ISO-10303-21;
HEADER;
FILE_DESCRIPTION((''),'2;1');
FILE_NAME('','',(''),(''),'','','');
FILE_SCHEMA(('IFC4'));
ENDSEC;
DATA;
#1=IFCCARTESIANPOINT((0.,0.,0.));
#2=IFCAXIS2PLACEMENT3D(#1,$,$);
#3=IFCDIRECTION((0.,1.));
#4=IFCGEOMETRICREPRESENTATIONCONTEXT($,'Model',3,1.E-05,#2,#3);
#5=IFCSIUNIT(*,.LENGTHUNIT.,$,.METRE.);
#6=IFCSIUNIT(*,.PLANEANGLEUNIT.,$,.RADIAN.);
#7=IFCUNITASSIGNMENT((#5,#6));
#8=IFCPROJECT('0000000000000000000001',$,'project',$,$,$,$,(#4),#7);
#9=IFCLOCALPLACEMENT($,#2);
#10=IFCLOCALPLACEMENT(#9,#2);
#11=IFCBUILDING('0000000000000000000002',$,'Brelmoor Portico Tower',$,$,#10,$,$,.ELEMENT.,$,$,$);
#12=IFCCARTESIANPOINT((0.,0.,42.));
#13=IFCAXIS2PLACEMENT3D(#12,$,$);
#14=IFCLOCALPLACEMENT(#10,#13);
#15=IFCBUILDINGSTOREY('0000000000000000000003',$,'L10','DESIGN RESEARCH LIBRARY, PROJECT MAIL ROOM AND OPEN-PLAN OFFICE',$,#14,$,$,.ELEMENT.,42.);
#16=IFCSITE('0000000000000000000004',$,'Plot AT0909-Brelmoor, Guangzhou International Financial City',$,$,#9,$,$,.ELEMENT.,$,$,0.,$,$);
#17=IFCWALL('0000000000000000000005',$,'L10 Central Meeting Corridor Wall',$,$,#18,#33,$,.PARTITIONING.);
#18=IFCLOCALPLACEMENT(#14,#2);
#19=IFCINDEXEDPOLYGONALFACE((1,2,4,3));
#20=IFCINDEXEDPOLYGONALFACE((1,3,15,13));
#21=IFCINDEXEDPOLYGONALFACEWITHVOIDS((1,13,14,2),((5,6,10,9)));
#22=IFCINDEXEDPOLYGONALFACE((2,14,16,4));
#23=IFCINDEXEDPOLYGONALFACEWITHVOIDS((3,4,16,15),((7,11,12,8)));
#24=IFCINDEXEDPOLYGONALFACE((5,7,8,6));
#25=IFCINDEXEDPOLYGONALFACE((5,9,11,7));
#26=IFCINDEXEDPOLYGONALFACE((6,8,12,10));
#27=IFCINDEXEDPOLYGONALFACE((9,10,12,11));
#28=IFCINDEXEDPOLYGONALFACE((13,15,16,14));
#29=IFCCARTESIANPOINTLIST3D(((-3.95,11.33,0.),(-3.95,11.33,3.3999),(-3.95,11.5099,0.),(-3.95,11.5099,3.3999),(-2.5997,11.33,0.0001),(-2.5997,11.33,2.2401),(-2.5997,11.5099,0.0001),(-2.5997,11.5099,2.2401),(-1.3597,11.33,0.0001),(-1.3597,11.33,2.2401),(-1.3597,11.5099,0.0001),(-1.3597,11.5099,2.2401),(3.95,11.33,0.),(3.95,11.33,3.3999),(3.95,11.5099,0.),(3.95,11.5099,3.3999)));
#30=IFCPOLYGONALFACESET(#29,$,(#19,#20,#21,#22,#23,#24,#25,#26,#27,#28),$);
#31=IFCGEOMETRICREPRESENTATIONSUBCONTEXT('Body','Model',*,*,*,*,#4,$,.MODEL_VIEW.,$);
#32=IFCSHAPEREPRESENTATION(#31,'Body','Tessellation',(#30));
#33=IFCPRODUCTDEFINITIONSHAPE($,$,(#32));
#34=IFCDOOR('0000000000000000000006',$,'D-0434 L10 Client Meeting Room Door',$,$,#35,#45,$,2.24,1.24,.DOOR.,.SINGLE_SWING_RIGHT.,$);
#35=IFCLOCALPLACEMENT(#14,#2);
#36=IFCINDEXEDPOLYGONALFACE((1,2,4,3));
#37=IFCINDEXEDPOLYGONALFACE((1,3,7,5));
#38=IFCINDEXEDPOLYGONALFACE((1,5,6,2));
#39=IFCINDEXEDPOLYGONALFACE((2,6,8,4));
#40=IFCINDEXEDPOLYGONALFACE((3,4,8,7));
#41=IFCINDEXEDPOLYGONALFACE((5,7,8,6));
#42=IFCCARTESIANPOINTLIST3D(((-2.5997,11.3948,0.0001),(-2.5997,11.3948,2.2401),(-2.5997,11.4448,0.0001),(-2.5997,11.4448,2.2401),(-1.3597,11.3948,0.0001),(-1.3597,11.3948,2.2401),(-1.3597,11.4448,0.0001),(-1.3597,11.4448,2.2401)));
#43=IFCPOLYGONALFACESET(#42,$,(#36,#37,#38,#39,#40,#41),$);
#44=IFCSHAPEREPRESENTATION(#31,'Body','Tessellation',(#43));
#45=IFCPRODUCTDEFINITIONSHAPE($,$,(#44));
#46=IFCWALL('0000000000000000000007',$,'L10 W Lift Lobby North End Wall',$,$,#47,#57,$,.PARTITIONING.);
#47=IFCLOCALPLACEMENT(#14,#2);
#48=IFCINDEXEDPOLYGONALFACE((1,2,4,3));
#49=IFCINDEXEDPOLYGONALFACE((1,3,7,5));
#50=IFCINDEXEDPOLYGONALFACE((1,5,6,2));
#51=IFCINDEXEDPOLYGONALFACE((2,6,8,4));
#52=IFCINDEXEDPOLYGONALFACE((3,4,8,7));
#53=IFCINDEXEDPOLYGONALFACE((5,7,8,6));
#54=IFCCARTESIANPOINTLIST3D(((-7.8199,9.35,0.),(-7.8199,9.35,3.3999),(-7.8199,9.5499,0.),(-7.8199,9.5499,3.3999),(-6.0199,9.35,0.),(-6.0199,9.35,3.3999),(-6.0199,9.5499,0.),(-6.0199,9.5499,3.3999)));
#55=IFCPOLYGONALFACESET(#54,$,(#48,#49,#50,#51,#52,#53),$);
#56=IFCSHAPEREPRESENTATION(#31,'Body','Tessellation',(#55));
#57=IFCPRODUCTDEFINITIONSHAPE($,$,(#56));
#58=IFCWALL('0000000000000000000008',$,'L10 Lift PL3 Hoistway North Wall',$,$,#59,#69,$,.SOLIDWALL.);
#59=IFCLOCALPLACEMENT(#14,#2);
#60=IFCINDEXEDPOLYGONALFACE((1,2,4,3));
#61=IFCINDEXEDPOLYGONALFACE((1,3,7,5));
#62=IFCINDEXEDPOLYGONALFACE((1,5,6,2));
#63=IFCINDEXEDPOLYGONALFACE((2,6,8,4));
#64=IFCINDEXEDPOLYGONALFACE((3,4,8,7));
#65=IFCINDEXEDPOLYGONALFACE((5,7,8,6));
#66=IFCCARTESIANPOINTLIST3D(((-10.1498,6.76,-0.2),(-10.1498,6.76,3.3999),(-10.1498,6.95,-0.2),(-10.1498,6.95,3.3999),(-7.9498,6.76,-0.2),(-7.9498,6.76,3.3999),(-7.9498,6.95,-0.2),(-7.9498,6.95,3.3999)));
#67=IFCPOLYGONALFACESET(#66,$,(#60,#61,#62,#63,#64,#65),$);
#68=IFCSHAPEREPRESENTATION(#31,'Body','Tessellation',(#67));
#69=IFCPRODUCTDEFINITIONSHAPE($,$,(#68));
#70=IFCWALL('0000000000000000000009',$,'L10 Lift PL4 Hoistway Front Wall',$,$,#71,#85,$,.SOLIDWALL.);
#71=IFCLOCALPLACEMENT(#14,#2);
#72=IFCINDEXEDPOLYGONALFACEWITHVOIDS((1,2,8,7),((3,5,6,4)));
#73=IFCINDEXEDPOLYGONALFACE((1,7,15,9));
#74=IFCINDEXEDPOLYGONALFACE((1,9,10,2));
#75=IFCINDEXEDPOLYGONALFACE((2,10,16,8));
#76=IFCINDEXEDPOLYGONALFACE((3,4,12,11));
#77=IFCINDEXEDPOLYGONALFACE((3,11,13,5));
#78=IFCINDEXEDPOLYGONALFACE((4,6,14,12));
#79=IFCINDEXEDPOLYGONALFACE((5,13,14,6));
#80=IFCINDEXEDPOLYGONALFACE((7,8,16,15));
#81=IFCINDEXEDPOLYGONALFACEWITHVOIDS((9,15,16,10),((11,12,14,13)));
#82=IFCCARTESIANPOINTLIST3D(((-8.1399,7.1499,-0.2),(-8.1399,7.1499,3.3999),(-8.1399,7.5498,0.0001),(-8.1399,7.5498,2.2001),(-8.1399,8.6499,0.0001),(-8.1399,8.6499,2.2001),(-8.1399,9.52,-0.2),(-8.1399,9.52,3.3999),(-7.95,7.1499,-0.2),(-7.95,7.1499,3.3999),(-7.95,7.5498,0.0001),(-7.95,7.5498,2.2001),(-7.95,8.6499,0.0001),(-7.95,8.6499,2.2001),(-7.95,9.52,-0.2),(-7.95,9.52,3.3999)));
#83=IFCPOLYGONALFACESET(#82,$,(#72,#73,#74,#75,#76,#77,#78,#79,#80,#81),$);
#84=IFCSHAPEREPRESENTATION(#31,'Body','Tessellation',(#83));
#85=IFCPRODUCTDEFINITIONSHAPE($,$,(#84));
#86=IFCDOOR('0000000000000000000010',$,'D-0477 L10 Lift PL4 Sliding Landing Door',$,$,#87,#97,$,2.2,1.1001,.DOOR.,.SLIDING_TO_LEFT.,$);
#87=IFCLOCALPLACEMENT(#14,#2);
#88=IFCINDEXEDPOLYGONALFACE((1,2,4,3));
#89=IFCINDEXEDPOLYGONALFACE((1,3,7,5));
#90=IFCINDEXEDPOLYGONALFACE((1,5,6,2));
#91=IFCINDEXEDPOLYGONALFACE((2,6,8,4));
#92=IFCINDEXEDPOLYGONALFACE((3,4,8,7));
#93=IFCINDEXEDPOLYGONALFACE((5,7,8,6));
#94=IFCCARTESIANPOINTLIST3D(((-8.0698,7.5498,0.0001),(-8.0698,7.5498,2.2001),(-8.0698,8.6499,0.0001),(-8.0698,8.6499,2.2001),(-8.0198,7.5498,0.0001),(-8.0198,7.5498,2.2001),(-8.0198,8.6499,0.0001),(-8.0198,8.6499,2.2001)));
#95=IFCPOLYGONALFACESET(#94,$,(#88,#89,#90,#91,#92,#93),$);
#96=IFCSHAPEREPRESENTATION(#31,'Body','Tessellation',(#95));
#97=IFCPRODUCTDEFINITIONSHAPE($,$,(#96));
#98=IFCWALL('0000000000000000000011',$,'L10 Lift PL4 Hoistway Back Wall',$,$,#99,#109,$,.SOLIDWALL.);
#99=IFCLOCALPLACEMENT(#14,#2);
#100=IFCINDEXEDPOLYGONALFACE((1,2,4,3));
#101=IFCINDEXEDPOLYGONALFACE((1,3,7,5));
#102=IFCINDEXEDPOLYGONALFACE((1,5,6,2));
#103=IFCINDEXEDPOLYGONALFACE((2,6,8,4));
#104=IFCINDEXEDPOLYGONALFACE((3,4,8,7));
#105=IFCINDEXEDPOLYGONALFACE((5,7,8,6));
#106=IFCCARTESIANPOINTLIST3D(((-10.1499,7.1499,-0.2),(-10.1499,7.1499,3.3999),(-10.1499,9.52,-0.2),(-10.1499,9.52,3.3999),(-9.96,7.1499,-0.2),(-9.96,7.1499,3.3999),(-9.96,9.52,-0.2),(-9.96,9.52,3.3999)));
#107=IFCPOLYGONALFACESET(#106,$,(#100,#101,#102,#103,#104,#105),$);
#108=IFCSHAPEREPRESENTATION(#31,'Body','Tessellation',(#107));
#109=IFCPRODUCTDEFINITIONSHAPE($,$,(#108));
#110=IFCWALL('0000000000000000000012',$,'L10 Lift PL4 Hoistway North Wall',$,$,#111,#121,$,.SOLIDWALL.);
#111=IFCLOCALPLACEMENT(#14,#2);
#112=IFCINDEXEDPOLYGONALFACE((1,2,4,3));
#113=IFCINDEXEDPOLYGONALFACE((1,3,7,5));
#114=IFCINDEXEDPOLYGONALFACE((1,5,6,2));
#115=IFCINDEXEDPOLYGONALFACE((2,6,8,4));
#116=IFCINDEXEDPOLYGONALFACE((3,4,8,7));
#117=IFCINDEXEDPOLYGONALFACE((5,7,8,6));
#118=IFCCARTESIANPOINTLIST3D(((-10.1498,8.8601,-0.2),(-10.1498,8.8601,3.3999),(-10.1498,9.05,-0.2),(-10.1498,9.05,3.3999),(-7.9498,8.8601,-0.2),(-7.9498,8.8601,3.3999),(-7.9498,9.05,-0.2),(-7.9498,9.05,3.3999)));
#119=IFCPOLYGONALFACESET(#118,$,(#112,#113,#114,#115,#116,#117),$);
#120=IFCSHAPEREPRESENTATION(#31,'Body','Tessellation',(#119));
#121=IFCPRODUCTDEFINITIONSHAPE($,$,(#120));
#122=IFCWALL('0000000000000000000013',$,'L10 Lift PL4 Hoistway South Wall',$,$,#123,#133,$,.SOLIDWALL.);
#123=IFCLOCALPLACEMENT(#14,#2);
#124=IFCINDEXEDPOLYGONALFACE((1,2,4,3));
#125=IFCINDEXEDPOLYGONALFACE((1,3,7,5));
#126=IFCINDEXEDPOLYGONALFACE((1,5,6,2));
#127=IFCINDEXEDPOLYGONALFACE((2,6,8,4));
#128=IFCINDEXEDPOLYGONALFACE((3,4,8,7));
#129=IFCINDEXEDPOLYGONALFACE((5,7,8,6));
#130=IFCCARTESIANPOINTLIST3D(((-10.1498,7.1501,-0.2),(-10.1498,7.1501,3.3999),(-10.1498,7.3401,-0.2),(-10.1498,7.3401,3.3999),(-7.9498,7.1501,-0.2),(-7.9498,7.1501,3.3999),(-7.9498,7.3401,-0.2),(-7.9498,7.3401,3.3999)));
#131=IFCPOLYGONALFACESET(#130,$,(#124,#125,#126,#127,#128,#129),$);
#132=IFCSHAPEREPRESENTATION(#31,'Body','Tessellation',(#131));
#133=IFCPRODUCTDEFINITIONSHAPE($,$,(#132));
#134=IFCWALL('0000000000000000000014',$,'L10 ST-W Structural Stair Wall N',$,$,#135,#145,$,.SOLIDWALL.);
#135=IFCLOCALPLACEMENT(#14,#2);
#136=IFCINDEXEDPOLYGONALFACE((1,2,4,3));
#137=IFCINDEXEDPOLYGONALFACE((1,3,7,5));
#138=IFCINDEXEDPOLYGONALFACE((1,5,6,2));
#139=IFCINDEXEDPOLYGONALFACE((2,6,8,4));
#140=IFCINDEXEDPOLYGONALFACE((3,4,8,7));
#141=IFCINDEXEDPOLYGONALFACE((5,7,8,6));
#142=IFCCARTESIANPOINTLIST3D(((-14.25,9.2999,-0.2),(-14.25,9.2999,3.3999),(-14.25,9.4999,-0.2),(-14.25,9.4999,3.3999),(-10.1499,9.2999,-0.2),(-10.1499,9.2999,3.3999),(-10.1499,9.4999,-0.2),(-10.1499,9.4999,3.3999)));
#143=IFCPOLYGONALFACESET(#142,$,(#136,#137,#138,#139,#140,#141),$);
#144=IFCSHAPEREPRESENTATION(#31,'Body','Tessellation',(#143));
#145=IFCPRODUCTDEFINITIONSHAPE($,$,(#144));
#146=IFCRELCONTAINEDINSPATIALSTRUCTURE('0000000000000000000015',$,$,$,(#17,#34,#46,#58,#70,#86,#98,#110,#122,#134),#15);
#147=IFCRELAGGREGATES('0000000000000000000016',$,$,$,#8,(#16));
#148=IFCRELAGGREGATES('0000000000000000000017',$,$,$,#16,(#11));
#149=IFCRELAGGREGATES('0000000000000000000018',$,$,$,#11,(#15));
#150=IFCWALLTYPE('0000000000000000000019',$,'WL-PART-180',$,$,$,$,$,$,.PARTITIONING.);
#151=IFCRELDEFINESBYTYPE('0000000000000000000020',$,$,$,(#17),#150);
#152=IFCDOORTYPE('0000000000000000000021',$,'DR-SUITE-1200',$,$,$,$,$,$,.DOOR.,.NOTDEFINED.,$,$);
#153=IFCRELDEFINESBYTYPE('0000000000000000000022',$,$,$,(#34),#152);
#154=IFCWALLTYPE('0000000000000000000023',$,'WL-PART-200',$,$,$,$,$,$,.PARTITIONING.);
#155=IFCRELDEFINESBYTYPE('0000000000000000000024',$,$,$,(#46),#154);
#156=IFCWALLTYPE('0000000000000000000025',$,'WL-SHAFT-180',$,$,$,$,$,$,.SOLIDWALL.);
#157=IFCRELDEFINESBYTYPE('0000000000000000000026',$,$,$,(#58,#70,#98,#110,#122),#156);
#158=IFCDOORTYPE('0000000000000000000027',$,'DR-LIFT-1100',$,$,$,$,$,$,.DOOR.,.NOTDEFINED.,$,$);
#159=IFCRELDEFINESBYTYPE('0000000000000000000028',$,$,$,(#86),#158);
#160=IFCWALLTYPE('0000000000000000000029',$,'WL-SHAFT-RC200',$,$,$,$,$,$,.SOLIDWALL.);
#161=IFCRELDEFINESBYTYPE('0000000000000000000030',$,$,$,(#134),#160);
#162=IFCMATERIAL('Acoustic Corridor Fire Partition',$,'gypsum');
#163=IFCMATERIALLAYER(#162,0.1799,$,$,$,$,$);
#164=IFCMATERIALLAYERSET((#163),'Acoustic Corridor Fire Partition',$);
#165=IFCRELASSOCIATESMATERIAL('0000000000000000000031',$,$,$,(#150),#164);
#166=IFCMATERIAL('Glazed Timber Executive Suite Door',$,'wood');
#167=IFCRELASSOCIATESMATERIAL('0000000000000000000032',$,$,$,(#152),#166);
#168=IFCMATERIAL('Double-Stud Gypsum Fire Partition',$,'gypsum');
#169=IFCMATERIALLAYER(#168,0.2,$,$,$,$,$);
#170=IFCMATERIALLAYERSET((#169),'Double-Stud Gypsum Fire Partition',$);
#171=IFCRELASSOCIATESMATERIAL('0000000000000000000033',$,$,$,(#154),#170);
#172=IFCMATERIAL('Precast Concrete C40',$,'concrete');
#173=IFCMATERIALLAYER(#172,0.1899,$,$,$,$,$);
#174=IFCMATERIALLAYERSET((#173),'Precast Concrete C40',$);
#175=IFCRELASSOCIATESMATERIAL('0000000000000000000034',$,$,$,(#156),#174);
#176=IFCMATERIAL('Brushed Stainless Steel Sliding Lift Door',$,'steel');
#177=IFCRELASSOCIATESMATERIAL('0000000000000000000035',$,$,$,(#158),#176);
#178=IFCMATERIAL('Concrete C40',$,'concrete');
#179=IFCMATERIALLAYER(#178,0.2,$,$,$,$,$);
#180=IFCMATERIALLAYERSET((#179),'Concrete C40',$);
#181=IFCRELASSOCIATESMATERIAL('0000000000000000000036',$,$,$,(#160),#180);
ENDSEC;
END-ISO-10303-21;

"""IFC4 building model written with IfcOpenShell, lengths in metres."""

from ifc_helpers import new_model, si_unit, direction, frame, frame_2d, origin, place, context, subcontext, project, spatial, rectangle, extrude, material, layer, layer_set, type_object, element, fill, save


model = new_model("IFC4")

# Units and contexts
model_context = context("Model", 3, precision=1e-05, world=origin(), true_north=direction((0.0, 1.0)))
body_context = subcontext(model_context, "Body", "Model", "MODEL_VIEW")
ifc_project = project(units=[si_unit("LENGTHUNIT", "METRE"), si_unit("PLANEANGLEUNIT", "RADIAN")], contexts=[model_context])

# Site, building, storey
site_placement = place(None, origin())
site = spatial("IfcSite", under=ifc_project, at=site_placement, Name="Plot AT0909-Brelmoor, Guangzhou International Financial City", CompositionType="ELEMENT", RefElevation=0.0)
building_placement = place(site_placement, origin())
building = spatial("IfcBuilding", under=site, at=building_placement, Name="Brelmoor Portico Tower", CompositionType="ELEMENT")
storey_placement = place(building_placement, frame((0.0, 0.0, 42.0)))
storey = spatial("IfcBuildingStorey", under=building, at=storey_placement, Name="L10", Description="DESIGN RESEARCH LIBRARY, PROJECT MAIL ROOM AND OPEN-PLAN OFFICE", CompositionType="ELEMENT", Elevation=42.0)

# Wall, opening, door
ifc_material_1 = material(Name="Acoustic Corridor Fire Partition", Category="gypsum")
ifc_layer_1 = layer(ifc_material_1, 0.1799)
ifc_layer_set_1 = layer_set([ifc_layer_1], Name="Acoustic Corridor Fire Partition")
wall_type_1 = type_object("IfcWallType", Name="WL-PART-180", PredefinedType="PARTITIONING", material=ifc_layer_set_1)
wall_1_placement = place(storey_placement, frame((-3.95, 11.4199, 0.0), z_axis=(0.0, 0.0, 1.0), x_axis=(1.0, 0.0, 0.0)))
wall_1 = element("IfcWall", 1, at=wall_1_placement, inside=storey, type_object=wall_type_1, Name="L10 Central Meeting Corridor Wall", PredefinedType="PARTITIONING", context=body_context, shape_type="SweptSolid", body=[
    extrude(rectangle(XDim=7.8999, YDim=0.1799, at=frame_2d((3.95, 0.0))), origin(), (0.0, 0.0, 1.0), 3.3999),
])
opening_1_placement = place(wall_1_placement, frame((1.3501, 0.0, 0.0)))
opening_1 = element("IfcOpeningElement", 2, at=opening_1_placement, cuts=wall_1, PredefinedType="OPENING", context=body_context, shape_type="SweptSolid", body=[
    extrude(rectangle(XDim=1.24, YDim=2.24, at=frame_2d((0.6201, 1.1201))), frame((0.0, 0.0999, 0.0), z_axis=(0.0, -1.0, 0.0), x_axis=(1.0, 0.0, 0.0)), (0.0, 0.0, 1.0), 0.2),
])
ifc_material_2 = material(Name="Glazed Timber Executive Suite Door", Category="wood")
door_type_1 = type_object("IfcDoorType", Name="DR-SUITE-1200", OperationType="NOTDEFINED", PredefinedType="DOOR", material=ifc_material_2)
door_1_placement = place(opening_1_placement, origin())
door_1 = element("IfcDoor", 3, at=door_1_placement, inside=storey, type_object=door_type_1, Name="D-0434 L10 Client Meeting Room Door", OperationType="SINGLE_SWING_RIGHT", OverallHeight=2.24, OverallWidth=1.24, PredefinedType="DOOR", context=body_context, shape_type="SweptSolid", body=[
    extrude(rectangle(XDim=1.24, YDim=2.24, at=frame_2d((0.6201, 1.1201))), frame((0.0, 0.0249, 0.0), z_axis=(0.0, -1.0, 0.0), x_axis=(1.0, 0.0, 0.0)), (0.0, 0.0, 1.0), 0.05),
])
fill(opening_1, door_1)

# Walls
ifc_material_3 = material(Name="Double-Stud Gypsum Fire Partition", Category="gypsum")
ifc_layer_2 = layer(ifc_material_3, 0.2)
ifc_layer_set_2 = layer_set([ifc_layer_2], Name="Double-Stud Gypsum Fire Partition")
wall_type_2 = type_object("IfcWallType", Name="WL-PART-200", PredefinedType="PARTITIONING", material=ifc_layer_set_2)
wall_2_placement = place(storey_placement, frame((-6.02, 9.45, 0.0), z_axis=(0.0, 0.0, 1.0), x_axis=(-1.0, 0.0, 0.0)))
element("IfcWall", 4, at=wall_2_placement, inside=storey, type_object=wall_type_2, Name="L10 W Lift Lobby North End Wall", PredefinedType="PARTITIONING", context=body_context, shape_type="SweptSolid", body=[
    extrude(rectangle(XDim=1.8, YDim=0.2, at=frame_2d((0.8999, 0.0))), origin(), (0.0, 0.0, 1.0), 3.3999),
])
ifc_material_4 = material(Name="Precast Concrete C40", Category="concrete")
ifc_layer_3 = layer(ifc_material_4, 0.1899)
ifc_layer_set_3 = layer_set([ifc_layer_3], Name="Precast Concrete C40")
wall_type_3 = type_object("IfcWallType", Name="WL-SHAFT-180", PredefinedType="SOLIDWALL", material=ifc_layer_set_3)
wall_3_placement = place(storey_placement, frame((-10.1499, 6.855, -0.2), z_axis=(0.0, 0.0, 1.0), x_axis=(1.0, 0.0, 0.0)))
element("IfcWall", 5, at=wall_3_placement, inside=storey, type_object=wall_type_3, Name="L10 Lift PL3 Hoistway North Wall", PredefinedType="SOLIDWALL", context=body_context, shape_type="SweptSolid", body=[
    extrude(rectangle(XDim=2.2, YDim=0.1899, at=frame_2d((1.1001, 0.0))), origin(), (0.0, 0.0, 1.0), 3.5999),
])

# Wall, opening, door
wall_4_placement = place(storey_placement, frame((-8.0449, 7.1499, -0.2), z_axis=(0.0, 0.0, 1.0), x_axis=(0.0, 1.0, 0.0)))
wall_4 = element("IfcWall", 6, at=wall_4_placement, inside=storey, type_object=wall_type_3, Name="L10 Lift PL4 Hoistway Front Wall", PredefinedType="SOLIDWALL", context=body_context, shape_type="SweptSolid", body=[
    extrude(rectangle(XDim=2.3701, YDim=0.1899, at=frame_2d((1.1851, 0.0))), origin(), (0.0, 0.0, 1.0), 3.5999),
])
opening_2_placement = place(wall_4_placement, frame((0.3999, 0.0, 0.2)))
opening_2 = element("IfcOpeningElement", 7, at=opening_2_placement, cuts=wall_4, PredefinedType="OPENING", context=body_context, shape_type="SweptSolid", body=[
    extrude(rectangle(XDim=1.1001, YDim=2.2, at=frame_2d((0.55, 1.1001))), frame((0.0, 0.105, 0.0), z_axis=(0.0, -1.0, 0.0), x_axis=(1.0, 0.0, 0.0)), (0.0, 0.0, 1.0), 0.21),
])
ifc_material_5 = material(Name="Brushed Stainless Steel Sliding Lift Door", Category="steel")
door_type_2 = type_object("IfcDoorType", Name="DR-LIFT-1100", OperationType="NOTDEFINED", PredefinedType="DOOR", material=ifc_material_5)
door_2_placement = place(opening_2_placement, origin())
door_2 = element("IfcDoor", 8, at=door_2_placement, inside=storey, type_object=door_type_2, Name="D-0477 L10 Lift PL4 Sliding Landing Door", OperationType="SLIDING_TO_LEFT", OverallHeight=2.2, OverallWidth=1.1001, PredefinedType="DOOR", context=body_context, shape_type="SweptSolid", body=[
    extrude(rectangle(XDim=1.1001, YDim=2.2, at=frame_2d((0.55, 1.1001))), frame((0.0, 0.0249, 0.0), z_axis=(0.0, -1.0, 0.0), x_axis=(1.0, 0.0, 0.0)), (0.0, 0.0, 1.0), 0.05),
])
fill(opening_2, door_2)

# Walls
wall_5_placement = place(storey_placement, frame((-10.0549, 7.1499, -0.2), z_axis=(0.0, 0.0, 1.0), x_axis=(0.0, 1.0, 0.0)))
element("IfcWall", 9, at=wall_5_placement, inside=storey, type_object=wall_type_3, Name="L10 Lift PL4 Hoistway Back Wall", PredefinedType="SOLIDWALL", context=body_context, shape_type="SweptSolid", body=[
    extrude(rectangle(XDim=2.3701, YDim=0.1899, at=frame_2d((1.1851, 0.0))), origin(), (0.0, 0.0, 1.0), 3.5999),
])
for number, where, z_axis, x_axis, name in (
    (10, (-10.1499, 8.9551, -0.2), (0.0, 0.0, 1.0), (1.0, 0.0, 0.0), "L10 Lift PL4 Hoistway North Wall"),
    (11, (-10.1499, 7.2451, -0.2), (0.0, 0.0, 1.0), (1.0, 0.0, 0.0), "L10 Lift PL4 Hoistway South Wall"),
):
    element("IfcWall", number, at=place(storey_placement, frame(where, z_axis=z_axis, x_axis=x_axis)), inside=storey, type_object=wall_type_3, Name=name, PredefinedType="SOLIDWALL", context=body_context, shape_type="SweptSolid", body=[
        extrude(rectangle(XDim=2.2, YDim=0.1899, at=frame_2d((1.1001, 0.0))), origin(), (0.0, 0.0, 1.0), 3.5999),
    ])
ifc_material_6 = material(Name="Concrete C40", Category="concrete")
ifc_layer_4 = layer(ifc_material_6, 0.2)
ifc_layer_set_4 = layer_set([ifc_layer_4], Name="Concrete C40")
wall_type_4 = type_object("IfcWallType", Name="WL-SHAFT-RC200", PredefinedType="SOLIDWALL", material=ifc_layer_set_4)
wall_6_placement = place(storey_placement, frame((-14.25, 9.3999, -0.2), z_axis=(0.0, 0.0, 1.0), x_axis=(1.0, 0.0, 0.0)))
element("IfcWall", 12, at=wall_6_placement, inside=storey, type_object=wall_type_4, Name="L10 ST-W Structural Stair Wall N", PredefinedType="SOLIDWALL", context=body_context, shape_type="SweptSolid", body=[
    extrude(rectangle(XDim=4.1001, YDim=0.2, at=frame_2d((2.05, 0.0))), origin(), (0.0, 0.0, 1.0), 3.5999),
])

save(model, "model.ifc")
